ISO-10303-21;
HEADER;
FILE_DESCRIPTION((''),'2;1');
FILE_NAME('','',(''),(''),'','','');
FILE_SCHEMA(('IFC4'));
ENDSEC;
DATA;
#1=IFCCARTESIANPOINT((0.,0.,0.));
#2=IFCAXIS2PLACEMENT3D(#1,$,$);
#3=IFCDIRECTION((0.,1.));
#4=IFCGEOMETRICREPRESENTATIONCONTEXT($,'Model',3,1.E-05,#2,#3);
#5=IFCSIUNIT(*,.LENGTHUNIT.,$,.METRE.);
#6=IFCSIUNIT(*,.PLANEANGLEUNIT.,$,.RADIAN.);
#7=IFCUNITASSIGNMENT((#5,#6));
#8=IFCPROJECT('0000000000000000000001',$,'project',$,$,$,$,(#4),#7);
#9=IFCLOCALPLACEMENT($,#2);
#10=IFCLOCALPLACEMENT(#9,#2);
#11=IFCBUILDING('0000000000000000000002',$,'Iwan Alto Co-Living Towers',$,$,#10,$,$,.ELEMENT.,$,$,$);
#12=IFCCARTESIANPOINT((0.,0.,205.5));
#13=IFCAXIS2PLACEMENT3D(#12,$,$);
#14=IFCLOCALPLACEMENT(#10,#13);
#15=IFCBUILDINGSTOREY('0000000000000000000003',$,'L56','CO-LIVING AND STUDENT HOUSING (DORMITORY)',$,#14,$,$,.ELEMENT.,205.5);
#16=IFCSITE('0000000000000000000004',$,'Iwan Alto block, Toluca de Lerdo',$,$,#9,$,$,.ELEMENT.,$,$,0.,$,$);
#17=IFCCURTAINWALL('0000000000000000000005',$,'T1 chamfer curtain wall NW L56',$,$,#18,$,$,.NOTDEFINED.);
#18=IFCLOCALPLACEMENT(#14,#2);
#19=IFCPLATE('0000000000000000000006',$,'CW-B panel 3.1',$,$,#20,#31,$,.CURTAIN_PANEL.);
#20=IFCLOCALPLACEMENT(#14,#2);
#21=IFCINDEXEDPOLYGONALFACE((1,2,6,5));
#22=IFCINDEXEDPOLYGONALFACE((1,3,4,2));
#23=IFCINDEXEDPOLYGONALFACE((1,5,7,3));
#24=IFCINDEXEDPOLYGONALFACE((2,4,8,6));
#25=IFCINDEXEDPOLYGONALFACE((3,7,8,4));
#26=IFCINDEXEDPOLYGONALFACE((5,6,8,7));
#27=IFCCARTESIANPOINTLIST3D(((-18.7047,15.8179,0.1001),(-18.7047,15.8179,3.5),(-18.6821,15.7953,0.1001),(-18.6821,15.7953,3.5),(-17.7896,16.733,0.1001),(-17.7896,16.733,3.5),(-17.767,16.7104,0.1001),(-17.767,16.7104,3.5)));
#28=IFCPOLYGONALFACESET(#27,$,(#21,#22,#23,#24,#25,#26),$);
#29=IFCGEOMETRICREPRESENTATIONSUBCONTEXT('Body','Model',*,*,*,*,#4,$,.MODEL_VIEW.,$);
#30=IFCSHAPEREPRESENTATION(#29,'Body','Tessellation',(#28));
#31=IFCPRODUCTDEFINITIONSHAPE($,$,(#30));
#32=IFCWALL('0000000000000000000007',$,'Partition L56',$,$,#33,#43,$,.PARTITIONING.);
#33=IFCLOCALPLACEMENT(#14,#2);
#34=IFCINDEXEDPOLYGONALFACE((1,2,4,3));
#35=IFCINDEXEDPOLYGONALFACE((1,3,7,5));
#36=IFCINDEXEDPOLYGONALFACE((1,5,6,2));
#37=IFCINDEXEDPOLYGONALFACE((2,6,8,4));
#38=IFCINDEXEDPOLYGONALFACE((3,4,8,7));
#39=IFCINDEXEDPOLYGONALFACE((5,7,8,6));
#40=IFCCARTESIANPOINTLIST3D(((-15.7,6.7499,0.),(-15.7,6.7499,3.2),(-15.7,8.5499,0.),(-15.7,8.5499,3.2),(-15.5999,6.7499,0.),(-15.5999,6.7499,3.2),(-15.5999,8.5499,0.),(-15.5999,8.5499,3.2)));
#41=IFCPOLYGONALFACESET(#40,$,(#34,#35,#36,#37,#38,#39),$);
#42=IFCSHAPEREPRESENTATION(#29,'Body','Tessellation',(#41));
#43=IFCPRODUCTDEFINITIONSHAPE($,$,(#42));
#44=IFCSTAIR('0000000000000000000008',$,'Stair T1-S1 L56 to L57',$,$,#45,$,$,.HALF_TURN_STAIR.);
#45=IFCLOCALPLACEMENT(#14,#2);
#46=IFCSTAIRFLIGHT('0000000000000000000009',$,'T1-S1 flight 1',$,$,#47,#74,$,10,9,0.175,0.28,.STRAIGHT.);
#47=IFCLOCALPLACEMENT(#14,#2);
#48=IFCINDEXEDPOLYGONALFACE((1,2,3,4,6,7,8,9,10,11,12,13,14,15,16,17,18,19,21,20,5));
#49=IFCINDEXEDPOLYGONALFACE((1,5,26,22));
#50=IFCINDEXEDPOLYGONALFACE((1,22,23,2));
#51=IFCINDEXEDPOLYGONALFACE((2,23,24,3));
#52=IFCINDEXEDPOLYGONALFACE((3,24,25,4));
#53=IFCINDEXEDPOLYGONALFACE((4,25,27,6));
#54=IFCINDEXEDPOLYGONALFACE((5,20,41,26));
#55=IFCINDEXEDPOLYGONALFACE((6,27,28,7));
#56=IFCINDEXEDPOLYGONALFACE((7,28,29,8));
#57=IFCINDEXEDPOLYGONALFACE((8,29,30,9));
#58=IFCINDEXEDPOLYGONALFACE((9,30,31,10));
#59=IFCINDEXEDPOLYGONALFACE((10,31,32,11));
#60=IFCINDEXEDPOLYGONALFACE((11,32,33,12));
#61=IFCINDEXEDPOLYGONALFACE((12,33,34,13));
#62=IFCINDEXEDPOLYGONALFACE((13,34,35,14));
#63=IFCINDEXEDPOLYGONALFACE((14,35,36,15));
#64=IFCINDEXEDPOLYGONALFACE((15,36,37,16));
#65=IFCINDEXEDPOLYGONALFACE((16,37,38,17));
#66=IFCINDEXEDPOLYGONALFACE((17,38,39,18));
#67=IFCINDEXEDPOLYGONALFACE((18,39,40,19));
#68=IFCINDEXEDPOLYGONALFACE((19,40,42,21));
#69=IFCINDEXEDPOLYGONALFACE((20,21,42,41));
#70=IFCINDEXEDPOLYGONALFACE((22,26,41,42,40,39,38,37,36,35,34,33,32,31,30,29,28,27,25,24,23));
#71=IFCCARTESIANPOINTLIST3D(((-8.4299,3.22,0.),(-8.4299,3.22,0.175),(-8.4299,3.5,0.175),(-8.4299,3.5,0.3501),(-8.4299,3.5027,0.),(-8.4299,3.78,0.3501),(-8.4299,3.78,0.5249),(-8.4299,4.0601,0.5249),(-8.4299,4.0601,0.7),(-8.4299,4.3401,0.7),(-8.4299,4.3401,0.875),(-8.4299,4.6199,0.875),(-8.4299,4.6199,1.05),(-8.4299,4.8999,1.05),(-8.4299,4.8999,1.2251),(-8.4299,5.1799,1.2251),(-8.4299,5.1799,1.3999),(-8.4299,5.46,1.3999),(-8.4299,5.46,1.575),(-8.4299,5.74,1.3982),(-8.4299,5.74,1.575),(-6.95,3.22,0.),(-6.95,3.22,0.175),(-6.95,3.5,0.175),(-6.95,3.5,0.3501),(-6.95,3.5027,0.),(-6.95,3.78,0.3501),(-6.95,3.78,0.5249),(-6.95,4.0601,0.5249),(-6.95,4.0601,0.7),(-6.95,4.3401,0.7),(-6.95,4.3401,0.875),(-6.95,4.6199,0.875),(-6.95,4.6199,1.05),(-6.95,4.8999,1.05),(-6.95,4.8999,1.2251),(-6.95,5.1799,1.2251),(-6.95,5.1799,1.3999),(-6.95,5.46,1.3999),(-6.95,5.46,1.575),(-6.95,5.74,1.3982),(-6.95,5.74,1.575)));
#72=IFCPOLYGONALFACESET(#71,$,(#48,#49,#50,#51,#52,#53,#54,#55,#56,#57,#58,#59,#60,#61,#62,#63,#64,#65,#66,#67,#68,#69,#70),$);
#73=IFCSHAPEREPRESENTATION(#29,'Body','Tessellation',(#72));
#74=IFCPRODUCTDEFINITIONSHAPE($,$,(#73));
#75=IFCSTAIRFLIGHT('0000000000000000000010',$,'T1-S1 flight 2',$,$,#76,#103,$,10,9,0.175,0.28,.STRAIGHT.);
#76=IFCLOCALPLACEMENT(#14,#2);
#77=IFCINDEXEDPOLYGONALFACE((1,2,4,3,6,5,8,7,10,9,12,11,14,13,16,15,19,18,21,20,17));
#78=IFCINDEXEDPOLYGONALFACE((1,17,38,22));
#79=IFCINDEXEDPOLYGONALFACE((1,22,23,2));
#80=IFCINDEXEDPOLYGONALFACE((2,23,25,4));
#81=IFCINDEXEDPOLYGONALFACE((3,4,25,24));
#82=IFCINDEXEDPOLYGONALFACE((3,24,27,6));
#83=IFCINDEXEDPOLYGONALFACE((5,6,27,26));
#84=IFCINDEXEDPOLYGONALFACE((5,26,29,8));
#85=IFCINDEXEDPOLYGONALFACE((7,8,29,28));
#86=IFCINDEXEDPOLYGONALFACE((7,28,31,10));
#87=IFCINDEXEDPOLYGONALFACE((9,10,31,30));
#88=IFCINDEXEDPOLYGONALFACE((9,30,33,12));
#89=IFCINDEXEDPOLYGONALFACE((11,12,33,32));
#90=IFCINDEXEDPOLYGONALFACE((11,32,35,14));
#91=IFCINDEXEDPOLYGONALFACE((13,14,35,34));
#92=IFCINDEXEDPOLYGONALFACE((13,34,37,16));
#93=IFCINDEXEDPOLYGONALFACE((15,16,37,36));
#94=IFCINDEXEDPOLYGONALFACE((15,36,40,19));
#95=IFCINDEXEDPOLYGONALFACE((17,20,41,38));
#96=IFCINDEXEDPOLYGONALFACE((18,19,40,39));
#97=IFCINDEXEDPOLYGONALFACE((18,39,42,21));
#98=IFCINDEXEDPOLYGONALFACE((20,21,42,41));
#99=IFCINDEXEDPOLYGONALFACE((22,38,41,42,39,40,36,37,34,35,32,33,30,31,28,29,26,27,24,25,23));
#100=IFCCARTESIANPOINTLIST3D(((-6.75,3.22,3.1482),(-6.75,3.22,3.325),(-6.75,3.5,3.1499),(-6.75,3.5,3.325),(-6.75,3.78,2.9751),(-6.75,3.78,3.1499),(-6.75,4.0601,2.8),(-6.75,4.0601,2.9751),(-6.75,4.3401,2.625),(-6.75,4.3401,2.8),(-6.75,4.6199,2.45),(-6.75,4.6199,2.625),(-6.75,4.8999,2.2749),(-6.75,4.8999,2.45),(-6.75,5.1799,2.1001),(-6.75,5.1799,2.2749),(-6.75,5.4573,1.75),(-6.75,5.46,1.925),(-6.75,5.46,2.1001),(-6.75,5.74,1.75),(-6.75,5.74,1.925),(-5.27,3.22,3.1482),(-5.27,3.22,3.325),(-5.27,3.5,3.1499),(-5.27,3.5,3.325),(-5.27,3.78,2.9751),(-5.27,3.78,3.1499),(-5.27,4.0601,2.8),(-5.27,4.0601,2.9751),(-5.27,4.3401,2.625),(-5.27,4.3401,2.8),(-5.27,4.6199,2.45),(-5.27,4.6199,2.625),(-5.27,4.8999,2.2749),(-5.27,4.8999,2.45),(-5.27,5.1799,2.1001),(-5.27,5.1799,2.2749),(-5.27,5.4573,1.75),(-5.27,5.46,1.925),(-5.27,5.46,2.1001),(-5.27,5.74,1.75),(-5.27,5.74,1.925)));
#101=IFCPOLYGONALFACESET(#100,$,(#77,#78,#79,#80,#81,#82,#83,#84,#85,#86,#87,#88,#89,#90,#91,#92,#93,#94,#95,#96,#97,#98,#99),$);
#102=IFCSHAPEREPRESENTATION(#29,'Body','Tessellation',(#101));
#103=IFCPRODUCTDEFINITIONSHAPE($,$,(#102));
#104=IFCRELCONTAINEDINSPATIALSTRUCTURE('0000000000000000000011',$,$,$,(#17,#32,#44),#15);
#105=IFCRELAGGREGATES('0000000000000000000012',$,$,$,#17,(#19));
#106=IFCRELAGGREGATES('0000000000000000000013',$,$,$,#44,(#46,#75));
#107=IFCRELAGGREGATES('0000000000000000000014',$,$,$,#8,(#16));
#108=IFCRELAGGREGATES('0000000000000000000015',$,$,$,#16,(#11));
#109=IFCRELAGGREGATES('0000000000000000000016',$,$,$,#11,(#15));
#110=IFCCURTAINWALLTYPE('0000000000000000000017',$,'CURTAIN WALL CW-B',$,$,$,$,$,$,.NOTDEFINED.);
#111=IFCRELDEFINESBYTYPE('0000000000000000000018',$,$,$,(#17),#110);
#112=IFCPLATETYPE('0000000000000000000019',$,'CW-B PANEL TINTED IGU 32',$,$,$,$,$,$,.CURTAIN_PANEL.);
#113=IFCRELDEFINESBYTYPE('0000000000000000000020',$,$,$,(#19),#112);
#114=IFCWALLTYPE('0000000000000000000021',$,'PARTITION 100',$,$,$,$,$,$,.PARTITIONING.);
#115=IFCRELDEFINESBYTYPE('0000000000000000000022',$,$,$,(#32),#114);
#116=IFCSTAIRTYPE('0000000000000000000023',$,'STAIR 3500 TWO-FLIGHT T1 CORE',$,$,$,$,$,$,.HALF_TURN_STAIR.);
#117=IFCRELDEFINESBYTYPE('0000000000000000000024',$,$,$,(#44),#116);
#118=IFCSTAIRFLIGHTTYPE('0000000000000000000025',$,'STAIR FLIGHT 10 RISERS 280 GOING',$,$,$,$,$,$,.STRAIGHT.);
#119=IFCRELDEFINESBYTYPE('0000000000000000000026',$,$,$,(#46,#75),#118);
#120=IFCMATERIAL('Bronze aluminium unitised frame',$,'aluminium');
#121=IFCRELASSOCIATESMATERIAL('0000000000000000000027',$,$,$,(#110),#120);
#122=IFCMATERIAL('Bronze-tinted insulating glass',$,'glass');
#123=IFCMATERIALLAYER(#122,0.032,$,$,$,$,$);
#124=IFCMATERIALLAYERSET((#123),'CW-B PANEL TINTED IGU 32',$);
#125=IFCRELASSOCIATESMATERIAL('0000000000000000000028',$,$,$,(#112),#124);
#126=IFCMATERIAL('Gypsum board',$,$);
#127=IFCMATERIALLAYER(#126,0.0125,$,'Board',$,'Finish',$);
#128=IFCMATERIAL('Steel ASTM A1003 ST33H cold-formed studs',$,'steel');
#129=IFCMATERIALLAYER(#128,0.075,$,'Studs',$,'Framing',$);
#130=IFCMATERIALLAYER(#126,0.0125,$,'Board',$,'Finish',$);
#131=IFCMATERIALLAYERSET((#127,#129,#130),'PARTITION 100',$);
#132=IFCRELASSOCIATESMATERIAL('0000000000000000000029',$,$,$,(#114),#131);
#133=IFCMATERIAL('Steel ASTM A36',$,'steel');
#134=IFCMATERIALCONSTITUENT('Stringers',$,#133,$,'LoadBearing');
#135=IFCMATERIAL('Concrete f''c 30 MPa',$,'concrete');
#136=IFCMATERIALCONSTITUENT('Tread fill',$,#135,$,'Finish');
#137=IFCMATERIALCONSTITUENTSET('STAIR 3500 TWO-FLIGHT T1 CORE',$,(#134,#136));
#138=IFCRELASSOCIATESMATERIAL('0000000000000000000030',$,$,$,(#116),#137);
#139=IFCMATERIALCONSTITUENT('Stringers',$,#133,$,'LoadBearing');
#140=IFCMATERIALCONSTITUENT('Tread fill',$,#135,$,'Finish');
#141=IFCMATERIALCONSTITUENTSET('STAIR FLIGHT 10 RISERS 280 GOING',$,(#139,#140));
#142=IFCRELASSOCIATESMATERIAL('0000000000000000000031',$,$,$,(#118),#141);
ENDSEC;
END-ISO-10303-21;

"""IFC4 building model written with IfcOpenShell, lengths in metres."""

from ifc_helpers import new_model, si_unit, direction, frame, frame_2d, origin, origin_2d, place, context, subcontext, project, spatial, polyline, rectangle, outline, extrude, material, layer, layer_set, constituent, constituent_set, type_object, element, aggregate, save


model = new_model("IFC4")

# Units and contexts
model_context = context("Model", 3, precision=1e-05, world=origin(), true_north=direction((0.0, 1.0)))
body_context = subcontext(model_context, "Body", "Model", "MODEL_VIEW")
ifc_project = project(units=[si_unit("LENGTHUNIT", "METRE"), si_unit("PLANEANGLEUNIT", "RADIAN")], contexts=[model_context])

# Site, building, storey
site_placement = place(None, origin())
site = spatial("IfcSite", under=ifc_project, at=site_placement, Name="Iwan Alto block, Toluca de Lerdo", CompositionType="ELEMENT", RefElevation=0.0)
building_placement = place(site_placement, origin())
building = spatial("IfcBuilding", under=site, at=building_placement, Name="Iwan Alto Co-Living Towers", CompositionType="ELEMENT")
storey_placement = place(building_placement, frame((0.0, 0.0, 205.5)))
storey = spatial("IfcBuildingStorey", under=building, at=storey_placement, Name="L56", Description="CO-LIVING AND STUDENT HOUSING (DORMITORY)", CompositionType="ELEMENT", Elevation=205.5)

# Curtain wall
ifc_material_1 = material(Name="Bronze aluminium unitised frame", Category="aluminium")
curtain_wall_type_1 = type_object("IfcCurtainWallType", Name="CURTAIN WALL CW-B", PredefinedType="NOTDEFINED", material=ifc_material_1)
curtain_wall_1_placement = place(storey_placement, origin())
curtain_wall_1 = element("IfcCurtainWall", 1, at=curtain_wall_1_placement, inside=storey, type_object=curtain_wall_type_1, Name="T1 chamfer curtain wall NW L56", PredefinedType="NOTDEFINED")

# Plate
ifc_material_2 = material(Name="Bronze-tinted insulating glass", Category="glass")
ifc_layer_1 = layer(ifc_material_2, 0.032)
ifc_layer_set_1 = layer_set([ifc_layer_1], Name="CW-B PANEL TINTED IGU 32")
plate_type_1 = type_object("IfcPlateType", Name="CW-B PANEL TINTED IGU 32", PredefinedType="CURTAIN_PANEL", material=ifc_layer_set_1)
plate_1_placement = place(storey_placement, frame((-18.2358, 16.2642, 0.1001), z_axis=(0.0, 0.0, 1.0), x_axis=(-0.707107, -0.707107, 0.0)))
plate_1 = element("IfcPlate", 2, at=plate_1_placement, type_object=plate_type_1, Name="CW-B panel 3.1", PredefinedType="CURTAIN_PANEL", context=body_context, shape_type="SweptSolid", body=[
    extrude(rectangle(XDim=1.2942, YDim=0.032, at=origin_2d()), origin(), (0.0, 0.0, 1.0), 3.3999),
])
aggregate(curtain_wall_1, [plate_1])

# Wall
ifc_material_3 = material(Name="Gypsum board")
ifc_layer_2 = layer(ifc_material_3, 0.0125, Name="Board", Category="Finish")
ifc_material_4 = material(Name="Steel ASTM A1003 ST33H cold-formed studs", Category="steel")
ifc_layer_3 = layer(ifc_material_4, 0.075, Name="Studs", Category="Framing")
ifc_layer_4 = layer(ifc_material_3, 0.0125, Name="Board", Category="Finish")
ifc_layer_set_2 = layer_set([ifc_layer_2, ifc_layer_3, ifc_layer_4], Name="PARTITION 100")
wall_type = type_object("IfcWallType", Name="PARTITION 100", PredefinedType="PARTITIONING", material=ifc_layer_set_2)
wall_placement = place(storey_placement, frame((-15.6499, 6.75, 0.0), z_axis=(0.0, 0.0, 1.0), x_axis=(0.0, 1.0, 0.0)))
element("IfcWall", 3, at=wall_placement, inside=storey, type_object=wall_type, Name="Partition L56", PredefinedType="PARTITIONING", context=body_context, shape_type="SweptSolid", body=[
    extrude(rectangle(XDim=1.8, YDim=0.1001, at=frame_2d((0.8999, 0.0))), origin(), (0.0, 0.0, 1.0), 3.2),
])

# Stair, stair flights
ifc_material_5 = material(Name="Steel ASTM A36", Category="steel")
ifc_constituent_1 = constituent(ifc_material_5, Name="Stringers", Category="LoadBearing")
ifc_material_6 = material(Name="Concrete f'c 30 MPa", Category="concrete")
ifc_constituent_2 = constituent(ifc_material_6, Name="Tread fill", Category="Finish")
ifc_constituent_set_1 = constituent_set(constituents=[ifc_constituent_1, ifc_constituent_2], Name="STAIR 3500 TWO-FLIGHT T1 CORE")
stair_type = type_object("IfcStairType", Name="STAIR 3500 TWO-FLIGHT T1 CORE", PredefinedType="HALF_TURN_STAIR", material=ifc_constituent_set_1)
stair_placement = place(storey_placement, origin())
stair = element("IfcStair", 4, at=stair_placement, inside=storey, type_object=stair_type, Name="Stair T1-S1 L56 to L57", PredefinedType="HALF_TURN_STAIR")
ifc_constituent_3 = constituent(ifc_material_5, Name="Stringers", Category="LoadBearing")
ifc_constituent_4 = constituent(ifc_material_6, Name="Tread fill", Category="Finish")
ifc_constituent_set_2 = constituent_set(constituents=[ifc_constituent_3, ifc_constituent_4], Name="STAIR FLIGHT 10 RISERS 280 GOING")
stair_flight_type = type_object("IfcStairFlightType", Name="STAIR FLIGHT 10 RISERS 280 GOING", PredefinedType="STRAIGHT", material=ifc_constituent_set_2)
stair_flight_1_placement = place(storey_placement, frame((-7.6899, 3.22, 0.0), z_axis=(0.0, 0.0, 1.0), x_axis=(0.0, 1.0, 0.0)))
stair_flight_1 = element("IfcStairFlight", 5, at=stair_flight_1_placement, type_object=stair_flight_type, Name="T1-S1 flight 1", NumberOfRisers=10, NumberOfTreads=9, PredefinedType="STRAIGHT", RiserHeight=0.175, TreadLength=0.28, context=body_context, shape_type="SweptSolid", body=[
    extrude(outline(polyline([(0.0, 0.0), (0.0, 0.175), (0.28, 0.175), (0.28, 0.3501), (0.5601, 0.3501), (0.5601, 0.5249), (0.8401, 0.5249), (0.8401, 0.7), (1.1201, 0.7), (1.1201, 0.875), (1.3999, 0.875), (1.3999, 1.05), (1.6799, 1.05), (1.6799, 1.2251), (1.96, 1.2251), (1.96, 1.3999), (2.24, 1.3999), (2.24, 1.575), (2.52, 1.575), (2.52, 1.75), (2.52, 1.3982), (0.2827, 0.0), (0.0, 0.0)])), frame((0.0, 0.74, 0.0), z_axis=(0.0, -1.0, 0.0), x_axis=(1.0, 0.0, 0.0)), (0.0, 0.0, 1.0), 1.48),
])
stair_flight_2_placement = place(storey_placement, frame((-6.01, 5.74, 1.75), z_axis=(0.0, 0.0, 1.0), x_axis=(0.0, -1.0, 0.0)))
stair_flight_2 = element("IfcStairFlight", 6, at=stair_flight_2_placement, type_object=stair_flight_type, Name="T1-S1 flight 2", NumberOfRisers=10, NumberOfTreads=9, PredefinedType="STRAIGHT", RiserHeight=0.175, TreadLength=0.28, context=body_context, shape_type="SweptSolid", body=[
    extrude(outline(polyline([(0.0, 0.0), (0.0, 0.175), (0.28, 0.175), (0.28, 0.3501), (0.5601, 0.3501), (0.5601, 0.5249), (0.8401, 0.5249), (0.8401, 0.7), (1.1201, 0.7), (1.1201, 0.875), (1.3999, 0.875), (1.3999, 1.05), (1.6799, 1.05), (1.6799, 1.2251), (1.96, 1.2251), (1.96, 1.3999), (2.24, 1.3999), (2.24, 1.575), (2.52, 1.575), (2.52, 1.75), (2.52, 1.3982), (0.2827, 0.0), (0.0, 0.0)])), frame((0.0, 0.74, 0.0), z_axis=(0.0, -1.0, 0.0), x_axis=(1.0, 0.0, 0.0)), (0.0, 0.0, 1.0), 1.48),
])
aggregate(stair, [stair_flight_1, stair_flight_2])

save(model, "model.ifc")
